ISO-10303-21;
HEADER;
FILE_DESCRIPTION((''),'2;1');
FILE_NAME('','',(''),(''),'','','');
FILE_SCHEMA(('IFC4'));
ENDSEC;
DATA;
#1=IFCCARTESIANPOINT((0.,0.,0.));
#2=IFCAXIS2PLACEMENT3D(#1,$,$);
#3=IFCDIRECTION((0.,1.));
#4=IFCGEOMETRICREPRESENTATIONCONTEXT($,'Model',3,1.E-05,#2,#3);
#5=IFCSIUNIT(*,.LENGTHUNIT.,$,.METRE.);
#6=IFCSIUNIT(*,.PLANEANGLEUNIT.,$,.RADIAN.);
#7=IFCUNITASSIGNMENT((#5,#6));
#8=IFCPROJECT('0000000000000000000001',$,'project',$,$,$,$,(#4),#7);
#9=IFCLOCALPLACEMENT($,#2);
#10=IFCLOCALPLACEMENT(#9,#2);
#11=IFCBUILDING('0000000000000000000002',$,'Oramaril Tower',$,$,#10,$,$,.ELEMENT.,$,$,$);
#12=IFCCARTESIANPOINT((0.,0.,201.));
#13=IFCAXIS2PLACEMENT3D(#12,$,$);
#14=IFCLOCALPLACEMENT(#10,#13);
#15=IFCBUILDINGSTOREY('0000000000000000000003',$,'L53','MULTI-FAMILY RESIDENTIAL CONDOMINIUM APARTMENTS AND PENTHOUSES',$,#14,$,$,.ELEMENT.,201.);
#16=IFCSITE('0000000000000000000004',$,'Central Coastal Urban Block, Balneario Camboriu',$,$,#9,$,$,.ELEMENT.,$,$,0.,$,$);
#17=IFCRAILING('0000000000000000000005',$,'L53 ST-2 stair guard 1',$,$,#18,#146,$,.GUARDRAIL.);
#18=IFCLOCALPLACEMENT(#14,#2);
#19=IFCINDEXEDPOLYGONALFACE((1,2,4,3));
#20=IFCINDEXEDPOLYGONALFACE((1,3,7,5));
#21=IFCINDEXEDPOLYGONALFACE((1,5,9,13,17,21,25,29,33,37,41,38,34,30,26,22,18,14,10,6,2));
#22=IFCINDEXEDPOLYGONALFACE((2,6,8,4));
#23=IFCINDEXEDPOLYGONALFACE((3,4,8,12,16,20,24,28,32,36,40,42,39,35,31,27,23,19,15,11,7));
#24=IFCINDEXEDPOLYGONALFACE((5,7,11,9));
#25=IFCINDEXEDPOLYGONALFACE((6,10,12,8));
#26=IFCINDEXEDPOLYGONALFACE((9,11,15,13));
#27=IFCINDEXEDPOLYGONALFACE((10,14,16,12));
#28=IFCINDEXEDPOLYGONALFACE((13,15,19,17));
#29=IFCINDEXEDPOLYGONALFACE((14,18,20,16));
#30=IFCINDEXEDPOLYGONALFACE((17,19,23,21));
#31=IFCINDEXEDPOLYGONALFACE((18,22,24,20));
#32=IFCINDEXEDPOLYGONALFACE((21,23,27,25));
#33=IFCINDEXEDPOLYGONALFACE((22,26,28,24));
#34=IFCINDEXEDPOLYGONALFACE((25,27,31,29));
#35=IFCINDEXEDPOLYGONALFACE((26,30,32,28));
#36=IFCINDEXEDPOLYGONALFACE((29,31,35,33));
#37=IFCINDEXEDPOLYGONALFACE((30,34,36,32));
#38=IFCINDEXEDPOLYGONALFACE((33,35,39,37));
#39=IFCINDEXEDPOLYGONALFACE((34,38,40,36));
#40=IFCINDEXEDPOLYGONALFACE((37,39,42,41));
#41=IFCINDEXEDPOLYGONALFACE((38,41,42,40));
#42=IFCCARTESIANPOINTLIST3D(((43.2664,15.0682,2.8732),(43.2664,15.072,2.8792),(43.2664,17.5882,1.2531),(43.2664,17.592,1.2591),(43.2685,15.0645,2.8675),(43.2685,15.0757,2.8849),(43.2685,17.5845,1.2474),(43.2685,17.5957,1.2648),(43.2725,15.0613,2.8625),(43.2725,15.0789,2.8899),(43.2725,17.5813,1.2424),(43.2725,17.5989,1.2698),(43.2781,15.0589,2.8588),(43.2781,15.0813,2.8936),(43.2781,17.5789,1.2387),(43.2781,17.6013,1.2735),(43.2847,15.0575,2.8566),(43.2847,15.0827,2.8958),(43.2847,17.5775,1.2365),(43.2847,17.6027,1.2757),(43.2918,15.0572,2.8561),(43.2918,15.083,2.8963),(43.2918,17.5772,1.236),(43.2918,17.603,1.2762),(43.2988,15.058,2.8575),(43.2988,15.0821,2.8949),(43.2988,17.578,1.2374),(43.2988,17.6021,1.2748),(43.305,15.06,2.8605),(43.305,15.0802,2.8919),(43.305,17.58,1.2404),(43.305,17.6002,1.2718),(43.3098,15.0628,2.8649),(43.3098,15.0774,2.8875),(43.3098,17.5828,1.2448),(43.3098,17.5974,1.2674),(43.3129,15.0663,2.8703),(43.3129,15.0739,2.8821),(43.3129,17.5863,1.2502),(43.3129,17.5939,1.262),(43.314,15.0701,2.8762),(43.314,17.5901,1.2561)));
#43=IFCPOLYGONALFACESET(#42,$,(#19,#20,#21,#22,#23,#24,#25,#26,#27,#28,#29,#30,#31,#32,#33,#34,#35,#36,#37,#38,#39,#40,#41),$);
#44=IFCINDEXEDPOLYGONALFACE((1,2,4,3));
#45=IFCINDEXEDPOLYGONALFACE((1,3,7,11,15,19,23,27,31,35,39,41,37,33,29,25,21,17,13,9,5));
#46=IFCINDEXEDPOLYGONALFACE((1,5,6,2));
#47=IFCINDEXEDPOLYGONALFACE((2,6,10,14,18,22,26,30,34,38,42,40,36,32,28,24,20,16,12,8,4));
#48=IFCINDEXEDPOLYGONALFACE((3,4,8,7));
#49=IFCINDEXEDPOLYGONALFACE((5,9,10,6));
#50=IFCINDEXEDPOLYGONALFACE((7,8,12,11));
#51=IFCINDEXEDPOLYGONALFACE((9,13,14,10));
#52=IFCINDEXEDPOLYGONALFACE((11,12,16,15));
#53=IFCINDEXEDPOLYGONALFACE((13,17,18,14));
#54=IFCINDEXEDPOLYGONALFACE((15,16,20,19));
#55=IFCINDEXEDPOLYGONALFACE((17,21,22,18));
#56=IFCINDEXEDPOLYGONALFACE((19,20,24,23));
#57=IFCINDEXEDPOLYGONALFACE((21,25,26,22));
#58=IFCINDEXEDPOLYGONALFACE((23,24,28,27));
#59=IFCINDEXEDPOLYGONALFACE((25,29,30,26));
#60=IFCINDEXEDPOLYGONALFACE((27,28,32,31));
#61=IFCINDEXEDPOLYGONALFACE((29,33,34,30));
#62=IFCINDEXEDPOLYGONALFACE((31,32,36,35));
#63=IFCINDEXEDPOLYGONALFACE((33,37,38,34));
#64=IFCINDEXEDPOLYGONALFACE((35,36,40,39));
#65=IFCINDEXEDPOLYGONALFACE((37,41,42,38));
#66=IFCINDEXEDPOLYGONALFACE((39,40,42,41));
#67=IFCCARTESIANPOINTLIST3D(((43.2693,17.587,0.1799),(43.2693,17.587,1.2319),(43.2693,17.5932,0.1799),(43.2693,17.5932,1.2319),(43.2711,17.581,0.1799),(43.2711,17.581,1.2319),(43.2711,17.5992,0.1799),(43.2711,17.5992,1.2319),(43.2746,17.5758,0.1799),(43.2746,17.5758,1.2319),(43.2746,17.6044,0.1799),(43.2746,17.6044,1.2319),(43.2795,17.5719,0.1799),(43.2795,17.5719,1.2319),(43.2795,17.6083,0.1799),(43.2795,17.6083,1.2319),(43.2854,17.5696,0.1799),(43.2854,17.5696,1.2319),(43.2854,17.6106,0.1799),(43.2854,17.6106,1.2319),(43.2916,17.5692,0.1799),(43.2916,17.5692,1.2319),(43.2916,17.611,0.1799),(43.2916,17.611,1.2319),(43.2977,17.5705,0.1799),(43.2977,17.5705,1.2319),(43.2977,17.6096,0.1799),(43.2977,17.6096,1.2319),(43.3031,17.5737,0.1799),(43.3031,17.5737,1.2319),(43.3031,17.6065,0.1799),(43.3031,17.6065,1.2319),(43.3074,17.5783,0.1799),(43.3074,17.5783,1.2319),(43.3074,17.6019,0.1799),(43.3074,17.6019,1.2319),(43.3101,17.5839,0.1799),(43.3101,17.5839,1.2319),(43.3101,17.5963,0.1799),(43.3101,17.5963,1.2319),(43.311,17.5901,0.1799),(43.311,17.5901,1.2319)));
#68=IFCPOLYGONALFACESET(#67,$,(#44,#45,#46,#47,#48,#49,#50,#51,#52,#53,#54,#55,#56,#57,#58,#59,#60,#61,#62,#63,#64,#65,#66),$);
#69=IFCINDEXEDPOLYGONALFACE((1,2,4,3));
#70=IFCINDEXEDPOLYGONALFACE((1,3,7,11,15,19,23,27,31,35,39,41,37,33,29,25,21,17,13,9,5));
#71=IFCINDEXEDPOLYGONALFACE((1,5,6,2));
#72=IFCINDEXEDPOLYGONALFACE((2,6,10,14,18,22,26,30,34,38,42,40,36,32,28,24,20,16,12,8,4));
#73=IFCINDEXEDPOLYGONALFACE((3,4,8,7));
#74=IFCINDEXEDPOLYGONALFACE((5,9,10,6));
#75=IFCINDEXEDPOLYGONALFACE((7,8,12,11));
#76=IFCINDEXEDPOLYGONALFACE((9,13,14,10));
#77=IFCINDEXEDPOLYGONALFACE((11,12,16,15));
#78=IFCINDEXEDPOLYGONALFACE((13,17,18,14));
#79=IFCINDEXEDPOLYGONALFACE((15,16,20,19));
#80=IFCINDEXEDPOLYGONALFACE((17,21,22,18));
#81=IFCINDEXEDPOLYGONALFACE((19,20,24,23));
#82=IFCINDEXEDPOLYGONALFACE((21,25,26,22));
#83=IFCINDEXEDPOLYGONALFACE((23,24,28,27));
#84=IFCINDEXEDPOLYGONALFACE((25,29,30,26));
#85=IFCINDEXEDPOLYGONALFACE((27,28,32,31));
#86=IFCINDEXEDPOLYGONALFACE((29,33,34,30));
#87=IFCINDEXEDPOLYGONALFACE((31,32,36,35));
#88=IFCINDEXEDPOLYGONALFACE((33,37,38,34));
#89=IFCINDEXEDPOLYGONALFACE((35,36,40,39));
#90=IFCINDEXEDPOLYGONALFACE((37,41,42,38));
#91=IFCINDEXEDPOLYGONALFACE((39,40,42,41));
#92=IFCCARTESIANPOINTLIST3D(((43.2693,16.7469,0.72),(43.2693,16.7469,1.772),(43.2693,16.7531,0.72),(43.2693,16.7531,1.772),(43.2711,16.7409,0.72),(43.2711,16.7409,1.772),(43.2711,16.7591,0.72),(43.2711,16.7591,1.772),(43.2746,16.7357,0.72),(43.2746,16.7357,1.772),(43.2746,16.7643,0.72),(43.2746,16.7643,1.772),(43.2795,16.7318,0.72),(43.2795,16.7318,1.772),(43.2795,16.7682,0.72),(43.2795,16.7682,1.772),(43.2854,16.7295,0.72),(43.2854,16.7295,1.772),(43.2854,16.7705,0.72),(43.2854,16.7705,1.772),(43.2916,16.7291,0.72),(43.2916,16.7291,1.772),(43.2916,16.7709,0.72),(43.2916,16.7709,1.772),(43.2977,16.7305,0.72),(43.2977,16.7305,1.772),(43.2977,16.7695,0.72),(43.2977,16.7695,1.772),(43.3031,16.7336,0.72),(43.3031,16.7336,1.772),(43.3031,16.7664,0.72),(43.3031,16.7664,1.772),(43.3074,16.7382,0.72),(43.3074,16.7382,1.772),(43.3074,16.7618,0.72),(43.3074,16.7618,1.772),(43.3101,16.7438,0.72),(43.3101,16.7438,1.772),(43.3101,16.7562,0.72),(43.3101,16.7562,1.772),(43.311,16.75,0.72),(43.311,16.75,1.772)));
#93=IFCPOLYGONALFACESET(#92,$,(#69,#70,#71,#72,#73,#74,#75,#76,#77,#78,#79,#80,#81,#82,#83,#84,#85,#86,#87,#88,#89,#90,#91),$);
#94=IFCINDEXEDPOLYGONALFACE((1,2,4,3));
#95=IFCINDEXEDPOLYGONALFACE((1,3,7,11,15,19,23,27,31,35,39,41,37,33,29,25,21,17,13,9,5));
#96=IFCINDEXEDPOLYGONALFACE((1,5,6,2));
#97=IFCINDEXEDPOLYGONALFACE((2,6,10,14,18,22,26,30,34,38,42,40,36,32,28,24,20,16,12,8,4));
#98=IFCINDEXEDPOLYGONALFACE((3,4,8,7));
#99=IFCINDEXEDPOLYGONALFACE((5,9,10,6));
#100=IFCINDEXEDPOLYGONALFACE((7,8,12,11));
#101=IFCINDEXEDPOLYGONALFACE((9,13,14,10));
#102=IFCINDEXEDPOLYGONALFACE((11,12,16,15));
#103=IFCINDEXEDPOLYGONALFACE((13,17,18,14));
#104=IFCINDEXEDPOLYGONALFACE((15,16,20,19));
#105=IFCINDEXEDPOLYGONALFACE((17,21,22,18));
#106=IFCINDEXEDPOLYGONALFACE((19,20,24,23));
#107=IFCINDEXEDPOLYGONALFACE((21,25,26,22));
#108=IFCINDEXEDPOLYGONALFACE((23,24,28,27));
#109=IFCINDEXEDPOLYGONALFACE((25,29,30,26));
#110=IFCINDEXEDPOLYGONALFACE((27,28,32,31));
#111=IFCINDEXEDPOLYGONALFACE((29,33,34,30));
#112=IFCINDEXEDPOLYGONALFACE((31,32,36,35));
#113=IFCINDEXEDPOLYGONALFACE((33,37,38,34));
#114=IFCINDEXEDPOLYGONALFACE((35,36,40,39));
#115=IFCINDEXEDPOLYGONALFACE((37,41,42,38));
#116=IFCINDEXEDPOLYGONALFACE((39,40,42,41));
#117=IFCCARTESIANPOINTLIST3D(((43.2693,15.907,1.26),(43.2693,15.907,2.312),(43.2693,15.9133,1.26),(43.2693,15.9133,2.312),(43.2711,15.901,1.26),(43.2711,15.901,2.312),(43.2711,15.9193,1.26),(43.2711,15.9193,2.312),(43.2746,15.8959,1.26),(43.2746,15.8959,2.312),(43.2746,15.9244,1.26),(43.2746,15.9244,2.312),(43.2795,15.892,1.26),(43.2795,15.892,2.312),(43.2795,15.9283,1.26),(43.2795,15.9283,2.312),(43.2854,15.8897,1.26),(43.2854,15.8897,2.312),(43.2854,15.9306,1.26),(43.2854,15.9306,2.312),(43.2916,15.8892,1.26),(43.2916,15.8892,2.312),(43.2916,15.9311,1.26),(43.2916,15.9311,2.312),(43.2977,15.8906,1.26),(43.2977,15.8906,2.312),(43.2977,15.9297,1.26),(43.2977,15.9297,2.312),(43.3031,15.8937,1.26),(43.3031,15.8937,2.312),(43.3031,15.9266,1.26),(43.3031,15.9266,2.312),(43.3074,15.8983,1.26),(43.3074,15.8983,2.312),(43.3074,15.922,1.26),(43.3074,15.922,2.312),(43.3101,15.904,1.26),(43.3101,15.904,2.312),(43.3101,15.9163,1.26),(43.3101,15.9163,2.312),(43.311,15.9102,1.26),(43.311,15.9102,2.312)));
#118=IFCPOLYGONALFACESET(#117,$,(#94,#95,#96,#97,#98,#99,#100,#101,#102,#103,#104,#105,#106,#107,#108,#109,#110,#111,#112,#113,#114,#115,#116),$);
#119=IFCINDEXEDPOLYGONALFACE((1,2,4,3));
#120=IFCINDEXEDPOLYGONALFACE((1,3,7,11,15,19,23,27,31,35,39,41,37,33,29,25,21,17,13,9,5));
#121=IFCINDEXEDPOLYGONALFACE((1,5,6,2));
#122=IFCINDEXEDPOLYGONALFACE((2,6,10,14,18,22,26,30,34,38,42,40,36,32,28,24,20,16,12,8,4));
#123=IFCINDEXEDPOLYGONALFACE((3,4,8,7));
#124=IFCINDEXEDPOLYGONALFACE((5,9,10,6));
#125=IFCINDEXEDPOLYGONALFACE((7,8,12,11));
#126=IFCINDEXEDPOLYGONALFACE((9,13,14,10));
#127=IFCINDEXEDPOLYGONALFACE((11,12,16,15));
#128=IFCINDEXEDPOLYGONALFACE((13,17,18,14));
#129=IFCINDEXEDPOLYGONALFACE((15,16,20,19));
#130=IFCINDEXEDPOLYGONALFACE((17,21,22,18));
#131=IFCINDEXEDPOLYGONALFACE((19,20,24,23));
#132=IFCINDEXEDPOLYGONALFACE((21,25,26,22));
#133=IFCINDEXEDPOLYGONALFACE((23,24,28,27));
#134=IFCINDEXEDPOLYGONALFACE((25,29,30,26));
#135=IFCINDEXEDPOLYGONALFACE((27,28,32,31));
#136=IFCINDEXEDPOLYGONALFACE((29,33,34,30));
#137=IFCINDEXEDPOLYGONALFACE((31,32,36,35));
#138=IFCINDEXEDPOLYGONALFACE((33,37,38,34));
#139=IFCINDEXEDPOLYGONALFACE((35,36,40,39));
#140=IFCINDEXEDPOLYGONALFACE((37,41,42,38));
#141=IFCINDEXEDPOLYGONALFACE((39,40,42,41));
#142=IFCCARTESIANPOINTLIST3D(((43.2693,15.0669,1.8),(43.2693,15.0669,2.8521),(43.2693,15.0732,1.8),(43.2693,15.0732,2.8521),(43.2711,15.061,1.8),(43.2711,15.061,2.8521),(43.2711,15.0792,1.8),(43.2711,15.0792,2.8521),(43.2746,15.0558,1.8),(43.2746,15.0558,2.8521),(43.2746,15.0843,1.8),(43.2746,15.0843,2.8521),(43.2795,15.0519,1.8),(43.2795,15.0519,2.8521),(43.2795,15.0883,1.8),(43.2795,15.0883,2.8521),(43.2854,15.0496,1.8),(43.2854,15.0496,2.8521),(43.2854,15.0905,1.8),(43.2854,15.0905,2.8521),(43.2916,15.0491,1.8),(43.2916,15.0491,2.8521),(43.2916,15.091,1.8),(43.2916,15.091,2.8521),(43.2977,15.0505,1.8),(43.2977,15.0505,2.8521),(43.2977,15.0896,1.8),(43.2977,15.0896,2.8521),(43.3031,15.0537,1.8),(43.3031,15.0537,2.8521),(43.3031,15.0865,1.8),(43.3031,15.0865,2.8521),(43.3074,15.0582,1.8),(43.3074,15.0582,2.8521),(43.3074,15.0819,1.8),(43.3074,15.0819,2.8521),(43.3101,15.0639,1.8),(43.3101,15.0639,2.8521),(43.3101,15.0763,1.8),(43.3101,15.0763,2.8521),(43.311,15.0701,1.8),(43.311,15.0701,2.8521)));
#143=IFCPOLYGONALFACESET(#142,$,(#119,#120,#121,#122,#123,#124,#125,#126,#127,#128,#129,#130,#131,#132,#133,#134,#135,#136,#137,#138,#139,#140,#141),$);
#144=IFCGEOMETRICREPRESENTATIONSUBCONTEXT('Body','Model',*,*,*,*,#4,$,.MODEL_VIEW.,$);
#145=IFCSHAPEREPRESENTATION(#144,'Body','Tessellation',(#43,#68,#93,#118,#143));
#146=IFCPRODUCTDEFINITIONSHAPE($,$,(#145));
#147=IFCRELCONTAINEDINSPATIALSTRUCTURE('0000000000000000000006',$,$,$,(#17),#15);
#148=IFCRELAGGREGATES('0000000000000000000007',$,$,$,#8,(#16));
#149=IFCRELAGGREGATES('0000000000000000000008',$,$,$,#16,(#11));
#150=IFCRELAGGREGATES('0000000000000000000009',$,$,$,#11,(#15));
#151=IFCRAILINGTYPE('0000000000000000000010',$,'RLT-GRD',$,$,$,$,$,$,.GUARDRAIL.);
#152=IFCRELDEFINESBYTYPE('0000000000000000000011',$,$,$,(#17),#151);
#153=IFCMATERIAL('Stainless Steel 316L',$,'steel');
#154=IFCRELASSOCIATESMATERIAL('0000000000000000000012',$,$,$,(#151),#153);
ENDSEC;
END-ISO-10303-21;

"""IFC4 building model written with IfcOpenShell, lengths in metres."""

from ifc_helpers import new_model, si_unit, direction, frame, origin, origin_2d, place, context, subcontext, project, spatial, circle, extrude, material, type_object, element, save


model = new_model("IFC4")

# Units and contexts
model_context = context("Model", 3, precision=1e-05, world=origin(), true_north=direction((0.0, 1.0)))
body_context = subcontext(model_context, "Body", "Model", "MODEL_VIEW")
ifc_project = project(units=[si_unit("LENGTHUNIT", "METRE"), si_unit("PLANEANGLEUNIT", "RADIAN")], contexts=[model_context])

# Site, building, storey
site_placement = place(None, origin())
site = spatial("IfcSite", under=ifc_project, at=site_placement, Name="Central Coastal Urban Block, Balneario Camboriu", CompositionType="ELEMENT", RefElevation=0.0)
building_placement = place(site_placement, origin())
building = spatial("IfcBuilding", under=site, at=building_placement, Name="Oramaril Tower", CompositionType="ELEMENT")
storey_placement = place(building_placement, frame((0.0, 0.0, 201.0)))
storey = spatial("IfcBuildingStorey", under=building, at=storey_placement, Name="L53", Description="MULTI-FAMILY RESIDENTIAL CONDOMINIUM APARTMENTS AND PENTHOUSES", CompositionType="ELEMENT", Elevation=201.0)

# Railing
ifc_material_1 = material(Name="Stainless Steel 316L", Category="steel")
railing_type_1 = type_object("IfcRailingType", Name="RLT-GRD", PredefinedType="GUARDRAIL", material=ifc_material_1)
railing_1_placement = place(storey_placement, frame((43.29, 17.5901, 0.1799)))
element("IfcRailing", 1, at=railing_1_placement, inside=storey, type_object=railing_type_1, Name="L53 ST-2 stair guard 1", PredefinedType="GUARDRAIL", context=body_context, shape_type="SweptSolid", body=[
    extrude(circle(Radius=0.0239, at=origin_2d()), frame((0.0, 0.0, 1.0762), z_axis=(0.0, -0.841163, 0.540782), x_axis=(1.0, 0.0, 0.0)), (0.0, 0.0, 1.0), 2.9958),
    extrude(circle(Radius=0.021, at=origin_2d()), origin(), (0.0, 0.0, 1.0), 1.052),
    extrude(circle(Radius=0.021, at=origin_2d()), frame((0.0, -0.8401, 0.54)), (0.0, 0.0, 1.0), 1.052),
    extrude(circle(Radius=0.021, at=origin_2d()), frame((0.0, -1.6799, 1.0801)), (0.0, 0.0, 1.0), 1.052),
    extrude(circle(Radius=0.021, at=origin_2d()), frame((0.0, -2.52, 1.6201)), (0.0, 0.0, 1.0), 1.052),
])

save(model, "model.ifc")
